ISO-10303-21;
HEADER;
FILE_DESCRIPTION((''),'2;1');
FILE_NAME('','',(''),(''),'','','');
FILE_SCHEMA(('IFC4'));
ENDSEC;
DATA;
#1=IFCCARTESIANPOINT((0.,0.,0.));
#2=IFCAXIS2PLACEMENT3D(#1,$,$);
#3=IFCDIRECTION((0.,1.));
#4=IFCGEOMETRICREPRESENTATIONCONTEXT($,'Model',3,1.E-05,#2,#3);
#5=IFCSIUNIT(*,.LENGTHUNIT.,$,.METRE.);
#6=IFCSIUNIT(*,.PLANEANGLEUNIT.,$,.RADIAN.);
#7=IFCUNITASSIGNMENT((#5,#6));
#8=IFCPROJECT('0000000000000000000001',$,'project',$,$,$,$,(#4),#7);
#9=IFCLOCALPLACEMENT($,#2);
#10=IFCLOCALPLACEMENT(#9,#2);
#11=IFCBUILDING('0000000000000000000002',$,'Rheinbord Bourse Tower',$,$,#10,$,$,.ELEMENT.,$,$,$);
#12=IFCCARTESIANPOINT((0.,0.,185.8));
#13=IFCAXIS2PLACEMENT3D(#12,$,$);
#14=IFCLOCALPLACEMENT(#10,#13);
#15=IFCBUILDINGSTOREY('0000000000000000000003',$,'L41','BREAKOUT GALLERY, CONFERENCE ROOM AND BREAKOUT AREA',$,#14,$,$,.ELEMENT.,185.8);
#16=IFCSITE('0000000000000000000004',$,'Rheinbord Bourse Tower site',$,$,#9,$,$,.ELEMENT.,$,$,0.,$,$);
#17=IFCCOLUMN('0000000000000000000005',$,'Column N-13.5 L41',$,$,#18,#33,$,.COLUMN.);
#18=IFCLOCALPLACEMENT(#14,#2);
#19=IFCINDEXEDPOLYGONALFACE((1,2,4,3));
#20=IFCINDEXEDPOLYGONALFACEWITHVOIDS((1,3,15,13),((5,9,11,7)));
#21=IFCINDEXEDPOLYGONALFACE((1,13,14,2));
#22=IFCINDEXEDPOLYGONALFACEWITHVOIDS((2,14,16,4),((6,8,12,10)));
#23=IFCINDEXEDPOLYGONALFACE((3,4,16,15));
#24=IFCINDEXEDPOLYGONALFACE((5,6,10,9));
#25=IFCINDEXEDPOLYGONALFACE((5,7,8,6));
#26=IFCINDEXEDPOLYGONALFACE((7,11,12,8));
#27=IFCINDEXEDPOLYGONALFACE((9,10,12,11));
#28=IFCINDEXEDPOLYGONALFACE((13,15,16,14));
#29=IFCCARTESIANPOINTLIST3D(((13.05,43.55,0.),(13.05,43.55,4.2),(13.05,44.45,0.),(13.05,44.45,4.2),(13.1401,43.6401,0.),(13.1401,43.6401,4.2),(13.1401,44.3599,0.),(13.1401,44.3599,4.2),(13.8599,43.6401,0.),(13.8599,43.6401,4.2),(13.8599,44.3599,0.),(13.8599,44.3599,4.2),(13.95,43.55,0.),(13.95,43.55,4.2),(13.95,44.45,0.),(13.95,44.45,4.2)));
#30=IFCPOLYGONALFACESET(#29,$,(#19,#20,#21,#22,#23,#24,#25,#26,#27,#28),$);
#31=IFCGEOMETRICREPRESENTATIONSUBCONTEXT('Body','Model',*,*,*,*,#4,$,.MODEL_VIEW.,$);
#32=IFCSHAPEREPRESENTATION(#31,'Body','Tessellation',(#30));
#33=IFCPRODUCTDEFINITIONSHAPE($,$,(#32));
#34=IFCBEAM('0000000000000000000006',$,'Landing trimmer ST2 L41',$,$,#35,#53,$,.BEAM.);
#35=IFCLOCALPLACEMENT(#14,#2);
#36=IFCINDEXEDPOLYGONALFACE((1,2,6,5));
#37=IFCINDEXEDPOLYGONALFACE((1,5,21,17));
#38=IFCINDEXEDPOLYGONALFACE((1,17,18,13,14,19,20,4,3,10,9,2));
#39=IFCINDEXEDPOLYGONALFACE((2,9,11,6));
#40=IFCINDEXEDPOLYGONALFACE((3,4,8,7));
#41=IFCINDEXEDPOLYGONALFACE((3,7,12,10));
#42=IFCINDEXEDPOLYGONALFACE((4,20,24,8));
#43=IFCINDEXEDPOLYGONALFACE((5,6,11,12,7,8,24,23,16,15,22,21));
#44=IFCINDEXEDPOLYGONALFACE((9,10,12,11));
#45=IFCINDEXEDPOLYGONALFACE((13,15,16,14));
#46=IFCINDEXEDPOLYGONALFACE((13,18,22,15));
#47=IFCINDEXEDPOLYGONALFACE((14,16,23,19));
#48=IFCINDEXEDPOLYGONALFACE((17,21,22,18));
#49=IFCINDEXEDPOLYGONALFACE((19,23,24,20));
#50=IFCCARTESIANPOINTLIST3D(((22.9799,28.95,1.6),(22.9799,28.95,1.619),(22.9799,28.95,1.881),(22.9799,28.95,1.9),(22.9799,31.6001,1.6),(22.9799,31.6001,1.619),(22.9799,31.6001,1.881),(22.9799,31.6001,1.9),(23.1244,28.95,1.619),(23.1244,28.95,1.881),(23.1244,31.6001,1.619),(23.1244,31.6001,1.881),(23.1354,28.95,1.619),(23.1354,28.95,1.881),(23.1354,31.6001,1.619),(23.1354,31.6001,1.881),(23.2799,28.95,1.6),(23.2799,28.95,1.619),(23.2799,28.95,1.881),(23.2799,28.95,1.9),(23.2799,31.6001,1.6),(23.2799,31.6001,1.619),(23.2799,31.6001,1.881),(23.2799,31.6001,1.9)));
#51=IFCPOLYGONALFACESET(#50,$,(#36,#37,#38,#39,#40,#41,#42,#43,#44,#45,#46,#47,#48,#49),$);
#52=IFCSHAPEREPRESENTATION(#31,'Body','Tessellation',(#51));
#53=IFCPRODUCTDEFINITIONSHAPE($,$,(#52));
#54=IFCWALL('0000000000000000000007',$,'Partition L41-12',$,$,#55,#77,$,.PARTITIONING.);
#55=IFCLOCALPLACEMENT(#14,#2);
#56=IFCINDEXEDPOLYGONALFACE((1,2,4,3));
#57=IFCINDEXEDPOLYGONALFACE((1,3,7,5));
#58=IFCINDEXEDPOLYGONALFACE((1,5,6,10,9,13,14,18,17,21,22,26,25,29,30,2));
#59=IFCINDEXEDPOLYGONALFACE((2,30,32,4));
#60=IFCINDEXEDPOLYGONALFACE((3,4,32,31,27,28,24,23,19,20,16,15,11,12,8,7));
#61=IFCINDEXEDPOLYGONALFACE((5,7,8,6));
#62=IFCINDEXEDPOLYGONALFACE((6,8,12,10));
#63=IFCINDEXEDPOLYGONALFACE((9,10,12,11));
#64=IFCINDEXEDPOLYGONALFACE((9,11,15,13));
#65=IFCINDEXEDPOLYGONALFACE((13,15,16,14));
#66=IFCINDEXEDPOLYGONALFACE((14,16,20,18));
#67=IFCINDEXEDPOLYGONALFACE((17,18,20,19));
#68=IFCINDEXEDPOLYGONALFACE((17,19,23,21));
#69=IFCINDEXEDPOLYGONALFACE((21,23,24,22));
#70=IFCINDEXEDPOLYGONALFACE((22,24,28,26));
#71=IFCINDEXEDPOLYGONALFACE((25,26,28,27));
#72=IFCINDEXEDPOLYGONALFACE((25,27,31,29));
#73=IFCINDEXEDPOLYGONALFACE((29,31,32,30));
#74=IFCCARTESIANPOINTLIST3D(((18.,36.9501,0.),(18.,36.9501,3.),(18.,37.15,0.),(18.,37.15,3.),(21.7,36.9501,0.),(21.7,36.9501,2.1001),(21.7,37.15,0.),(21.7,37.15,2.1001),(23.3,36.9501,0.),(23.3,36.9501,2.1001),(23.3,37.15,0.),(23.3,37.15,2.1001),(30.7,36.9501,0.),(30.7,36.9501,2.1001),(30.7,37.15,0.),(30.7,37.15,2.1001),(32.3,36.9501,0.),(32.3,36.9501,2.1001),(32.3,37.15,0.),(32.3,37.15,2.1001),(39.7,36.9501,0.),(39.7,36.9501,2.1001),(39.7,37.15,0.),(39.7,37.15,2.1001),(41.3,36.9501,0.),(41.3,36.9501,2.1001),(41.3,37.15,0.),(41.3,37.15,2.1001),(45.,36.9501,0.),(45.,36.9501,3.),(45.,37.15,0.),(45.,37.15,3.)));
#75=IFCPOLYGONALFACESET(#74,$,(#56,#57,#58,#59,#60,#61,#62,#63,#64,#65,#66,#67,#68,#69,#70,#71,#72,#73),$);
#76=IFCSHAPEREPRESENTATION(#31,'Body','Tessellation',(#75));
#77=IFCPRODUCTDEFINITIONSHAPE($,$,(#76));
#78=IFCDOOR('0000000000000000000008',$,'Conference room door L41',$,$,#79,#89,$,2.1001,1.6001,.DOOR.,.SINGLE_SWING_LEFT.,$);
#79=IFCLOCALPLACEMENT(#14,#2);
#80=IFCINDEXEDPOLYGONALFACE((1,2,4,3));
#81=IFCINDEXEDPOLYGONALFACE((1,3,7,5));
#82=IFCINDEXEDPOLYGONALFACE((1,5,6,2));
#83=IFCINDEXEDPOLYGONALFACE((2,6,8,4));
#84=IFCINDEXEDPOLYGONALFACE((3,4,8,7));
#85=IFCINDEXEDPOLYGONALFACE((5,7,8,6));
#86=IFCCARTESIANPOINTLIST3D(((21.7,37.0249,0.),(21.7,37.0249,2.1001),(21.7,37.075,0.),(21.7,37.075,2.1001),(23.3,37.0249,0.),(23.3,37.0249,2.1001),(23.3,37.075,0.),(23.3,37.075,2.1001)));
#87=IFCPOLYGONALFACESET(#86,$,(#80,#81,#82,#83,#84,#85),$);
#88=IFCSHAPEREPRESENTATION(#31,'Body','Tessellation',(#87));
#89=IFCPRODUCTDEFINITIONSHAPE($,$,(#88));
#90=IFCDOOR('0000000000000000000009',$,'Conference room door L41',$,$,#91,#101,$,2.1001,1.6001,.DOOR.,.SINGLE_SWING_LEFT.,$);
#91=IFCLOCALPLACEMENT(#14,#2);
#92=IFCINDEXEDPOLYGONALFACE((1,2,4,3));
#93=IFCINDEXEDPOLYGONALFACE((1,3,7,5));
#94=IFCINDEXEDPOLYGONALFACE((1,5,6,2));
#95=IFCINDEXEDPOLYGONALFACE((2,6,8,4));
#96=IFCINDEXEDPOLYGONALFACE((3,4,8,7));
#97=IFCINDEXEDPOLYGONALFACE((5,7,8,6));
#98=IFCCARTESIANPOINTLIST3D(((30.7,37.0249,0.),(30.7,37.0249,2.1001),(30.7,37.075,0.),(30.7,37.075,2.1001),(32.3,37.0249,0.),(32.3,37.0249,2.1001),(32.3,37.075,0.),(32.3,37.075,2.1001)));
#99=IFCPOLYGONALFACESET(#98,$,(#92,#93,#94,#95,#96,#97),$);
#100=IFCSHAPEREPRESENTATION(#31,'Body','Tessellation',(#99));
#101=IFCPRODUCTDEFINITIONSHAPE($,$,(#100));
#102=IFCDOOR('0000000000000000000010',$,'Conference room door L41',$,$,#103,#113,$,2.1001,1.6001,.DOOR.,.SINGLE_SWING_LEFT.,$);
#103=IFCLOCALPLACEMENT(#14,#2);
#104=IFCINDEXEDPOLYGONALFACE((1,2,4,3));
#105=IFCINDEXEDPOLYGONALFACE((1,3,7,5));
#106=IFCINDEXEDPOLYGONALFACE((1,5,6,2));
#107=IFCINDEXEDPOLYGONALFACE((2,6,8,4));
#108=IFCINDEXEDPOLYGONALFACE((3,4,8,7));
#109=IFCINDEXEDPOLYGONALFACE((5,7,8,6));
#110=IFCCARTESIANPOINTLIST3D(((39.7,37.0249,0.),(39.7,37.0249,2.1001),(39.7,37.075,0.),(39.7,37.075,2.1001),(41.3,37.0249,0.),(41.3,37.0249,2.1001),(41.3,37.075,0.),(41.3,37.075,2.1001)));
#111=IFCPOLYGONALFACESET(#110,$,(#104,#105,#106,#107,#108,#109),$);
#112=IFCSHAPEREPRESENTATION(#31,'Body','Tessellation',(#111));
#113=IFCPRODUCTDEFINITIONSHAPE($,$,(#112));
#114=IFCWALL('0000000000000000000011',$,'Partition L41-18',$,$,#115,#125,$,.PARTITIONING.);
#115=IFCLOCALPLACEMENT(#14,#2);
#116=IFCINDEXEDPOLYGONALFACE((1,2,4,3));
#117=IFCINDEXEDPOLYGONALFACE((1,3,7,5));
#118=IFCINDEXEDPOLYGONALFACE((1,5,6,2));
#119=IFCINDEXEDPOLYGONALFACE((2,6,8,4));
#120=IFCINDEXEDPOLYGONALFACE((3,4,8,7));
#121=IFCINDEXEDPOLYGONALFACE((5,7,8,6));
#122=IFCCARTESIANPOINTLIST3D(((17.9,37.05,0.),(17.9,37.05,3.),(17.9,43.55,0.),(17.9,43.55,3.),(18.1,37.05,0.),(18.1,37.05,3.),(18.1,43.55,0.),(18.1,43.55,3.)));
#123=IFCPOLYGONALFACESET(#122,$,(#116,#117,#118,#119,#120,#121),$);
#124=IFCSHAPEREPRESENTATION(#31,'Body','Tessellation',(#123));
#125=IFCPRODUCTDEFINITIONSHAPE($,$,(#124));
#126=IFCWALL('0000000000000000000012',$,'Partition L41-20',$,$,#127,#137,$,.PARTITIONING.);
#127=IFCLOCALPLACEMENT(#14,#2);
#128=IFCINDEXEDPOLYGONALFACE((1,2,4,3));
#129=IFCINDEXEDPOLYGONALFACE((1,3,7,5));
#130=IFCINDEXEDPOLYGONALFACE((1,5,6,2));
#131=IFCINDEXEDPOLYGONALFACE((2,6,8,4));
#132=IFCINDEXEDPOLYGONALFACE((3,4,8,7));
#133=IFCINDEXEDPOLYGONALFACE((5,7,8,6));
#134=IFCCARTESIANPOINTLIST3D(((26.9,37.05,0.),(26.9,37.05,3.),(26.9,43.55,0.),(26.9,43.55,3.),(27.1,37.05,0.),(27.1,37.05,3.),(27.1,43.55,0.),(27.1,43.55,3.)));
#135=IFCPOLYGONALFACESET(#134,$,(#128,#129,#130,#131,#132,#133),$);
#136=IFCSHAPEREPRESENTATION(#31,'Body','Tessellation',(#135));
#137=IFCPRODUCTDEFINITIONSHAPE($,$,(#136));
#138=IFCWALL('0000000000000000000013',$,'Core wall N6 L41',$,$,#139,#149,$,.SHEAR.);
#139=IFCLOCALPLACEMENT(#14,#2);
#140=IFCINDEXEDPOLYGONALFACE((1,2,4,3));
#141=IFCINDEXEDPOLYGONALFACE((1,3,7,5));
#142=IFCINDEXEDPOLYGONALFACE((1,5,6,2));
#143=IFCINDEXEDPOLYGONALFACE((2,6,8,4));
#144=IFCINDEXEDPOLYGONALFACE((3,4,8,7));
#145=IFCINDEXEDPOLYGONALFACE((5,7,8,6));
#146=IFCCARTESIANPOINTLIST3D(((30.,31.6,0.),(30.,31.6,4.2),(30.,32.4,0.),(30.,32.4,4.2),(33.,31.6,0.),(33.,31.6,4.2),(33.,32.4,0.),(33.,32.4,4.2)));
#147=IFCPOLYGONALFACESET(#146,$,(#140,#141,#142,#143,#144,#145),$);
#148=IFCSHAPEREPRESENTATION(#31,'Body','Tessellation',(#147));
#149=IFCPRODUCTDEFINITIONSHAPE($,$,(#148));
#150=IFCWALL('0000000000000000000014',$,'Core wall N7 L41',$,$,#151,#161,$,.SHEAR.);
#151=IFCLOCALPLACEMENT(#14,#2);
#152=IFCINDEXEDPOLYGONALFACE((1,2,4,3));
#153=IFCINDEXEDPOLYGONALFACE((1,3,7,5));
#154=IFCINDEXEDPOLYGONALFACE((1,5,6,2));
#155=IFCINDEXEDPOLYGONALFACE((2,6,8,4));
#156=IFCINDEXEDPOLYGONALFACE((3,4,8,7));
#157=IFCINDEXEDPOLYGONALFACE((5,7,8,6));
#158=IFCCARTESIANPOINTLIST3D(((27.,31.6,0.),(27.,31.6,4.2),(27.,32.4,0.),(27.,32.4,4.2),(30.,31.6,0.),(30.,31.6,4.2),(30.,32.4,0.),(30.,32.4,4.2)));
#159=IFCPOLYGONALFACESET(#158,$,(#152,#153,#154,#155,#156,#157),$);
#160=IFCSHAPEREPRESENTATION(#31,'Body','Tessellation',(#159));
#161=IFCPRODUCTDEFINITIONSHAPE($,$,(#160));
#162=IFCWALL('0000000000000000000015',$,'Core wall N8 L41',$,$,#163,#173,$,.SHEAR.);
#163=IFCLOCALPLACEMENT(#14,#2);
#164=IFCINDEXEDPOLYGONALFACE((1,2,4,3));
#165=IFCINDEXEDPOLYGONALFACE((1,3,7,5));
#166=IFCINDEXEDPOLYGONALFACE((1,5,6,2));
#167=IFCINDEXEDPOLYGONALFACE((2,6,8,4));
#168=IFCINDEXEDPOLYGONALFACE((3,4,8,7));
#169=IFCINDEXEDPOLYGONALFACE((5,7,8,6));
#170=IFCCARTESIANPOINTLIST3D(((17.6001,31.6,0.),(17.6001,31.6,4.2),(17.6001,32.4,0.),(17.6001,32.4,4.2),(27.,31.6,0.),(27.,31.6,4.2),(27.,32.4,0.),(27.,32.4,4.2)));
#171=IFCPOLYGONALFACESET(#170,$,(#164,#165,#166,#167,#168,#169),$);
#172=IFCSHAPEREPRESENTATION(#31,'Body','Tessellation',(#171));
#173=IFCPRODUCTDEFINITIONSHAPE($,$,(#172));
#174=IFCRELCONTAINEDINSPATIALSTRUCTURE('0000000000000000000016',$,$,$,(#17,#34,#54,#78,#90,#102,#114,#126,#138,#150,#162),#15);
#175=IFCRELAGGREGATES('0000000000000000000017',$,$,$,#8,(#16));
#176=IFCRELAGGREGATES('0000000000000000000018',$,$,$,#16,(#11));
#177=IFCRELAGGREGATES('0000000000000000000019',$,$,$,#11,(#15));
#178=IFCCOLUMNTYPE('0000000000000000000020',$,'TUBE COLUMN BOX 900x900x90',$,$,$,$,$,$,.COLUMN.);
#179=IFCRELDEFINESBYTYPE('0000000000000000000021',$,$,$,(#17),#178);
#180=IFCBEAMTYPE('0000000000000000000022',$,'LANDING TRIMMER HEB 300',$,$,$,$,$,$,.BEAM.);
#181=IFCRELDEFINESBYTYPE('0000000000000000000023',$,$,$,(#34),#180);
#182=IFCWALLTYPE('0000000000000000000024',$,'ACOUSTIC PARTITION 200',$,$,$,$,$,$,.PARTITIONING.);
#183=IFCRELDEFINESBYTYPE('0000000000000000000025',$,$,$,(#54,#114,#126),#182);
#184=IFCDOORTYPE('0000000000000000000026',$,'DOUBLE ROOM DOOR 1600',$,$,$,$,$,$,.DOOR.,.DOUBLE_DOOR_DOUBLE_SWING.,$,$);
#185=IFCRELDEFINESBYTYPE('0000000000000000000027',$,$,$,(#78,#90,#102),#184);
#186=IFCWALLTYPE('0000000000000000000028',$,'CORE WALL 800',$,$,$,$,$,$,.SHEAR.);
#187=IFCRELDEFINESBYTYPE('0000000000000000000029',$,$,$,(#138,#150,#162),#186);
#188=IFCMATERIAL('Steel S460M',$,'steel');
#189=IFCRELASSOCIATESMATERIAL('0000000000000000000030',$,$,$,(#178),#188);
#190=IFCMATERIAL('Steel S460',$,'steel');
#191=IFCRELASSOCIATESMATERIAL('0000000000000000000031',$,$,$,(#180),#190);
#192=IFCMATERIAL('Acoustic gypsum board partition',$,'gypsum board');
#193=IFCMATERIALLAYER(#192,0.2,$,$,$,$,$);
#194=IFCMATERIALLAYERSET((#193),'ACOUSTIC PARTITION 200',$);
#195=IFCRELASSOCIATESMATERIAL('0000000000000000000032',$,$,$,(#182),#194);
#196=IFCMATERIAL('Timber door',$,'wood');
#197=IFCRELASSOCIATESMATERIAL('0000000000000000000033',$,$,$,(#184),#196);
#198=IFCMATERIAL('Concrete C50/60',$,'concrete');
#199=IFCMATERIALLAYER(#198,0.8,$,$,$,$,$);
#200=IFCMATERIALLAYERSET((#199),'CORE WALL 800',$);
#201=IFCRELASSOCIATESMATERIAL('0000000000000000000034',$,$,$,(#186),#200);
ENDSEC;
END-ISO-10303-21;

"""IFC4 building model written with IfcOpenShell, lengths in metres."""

from ifc_helpers import new_model, si_unit, direction, frame, frame_2d, origin, origin_2d, place, context, subcontext, project, spatial, rectangle, hollow_rectangle, i_section, extrude, material, layer, layer_set, material_profile, profile_set, type_object, element, fill, save


model = new_model("IFC4")

# Units and contexts
model_context = context("Model", 3, precision=1e-05, world=origin(), true_north=direction((0.0, 1.0)))
body_context = subcontext(model_context, "Body", "Model", "MODEL_VIEW")
ifc_project = project(units=[si_unit("LENGTHUNIT", "METRE"), si_unit("PLANEANGLEUNIT", "RADIAN")], contexts=[model_context])

# Site, building, storey
site_placement = place(None, origin())
site = spatial("IfcSite", under=ifc_project, at=site_placement, Name="Rheinbord Bourse Tower site", CompositionType="ELEMENT", RefElevation=0.0)
building_placement = place(site_placement, origin())
building = spatial("IfcBuilding", under=site, at=building_placement, Name="Rheinbord Bourse Tower", CompositionType="ELEMENT")
storey_placement = place(building_placement, frame((0.0, 0.0, 185.8)))
storey = spatial("IfcBuildingStorey", under=building, at=storey_placement, Name="L41", Description="BREAKOUT GALLERY, CONFERENCE ROOM AND BREAKOUT AREA", CompositionType="ELEMENT", Elevation=185.8)

# Column
ifc_material_1 = material(Name="Steel S460M", Category="steel")
ifc_material_profile_1 = material_profile(ifc_material_1, hollow_rectangle(XDim=0.8999, YDim=0.8999, WallThickness=0.0901, at=origin_2d()), Name="BOX 900x900x90")
ifc_profile_set_1 = profile_set([ifc_material_profile_1], Name="Steel S460M")
column_type = type_object("IfcColumnType", Name="TUBE COLUMN BOX 900x900x90", PredefinedType="COLUMN", material=ifc_profile_set_1)
column_placement = place(storey_placement, frame((13.5, 44.0, 0.0), z_axis=(0.0, 0.0, 1.0), x_axis=(0.0, 1.0, 0.0)))
element("IfcColumn", 1, at=column_placement, inside=storey, type_object=column_type, Name="Column N-13.5 L41", PredefinedType="COLUMN", context=body_context, shape_type="SweptSolid", body=[
    extrude(hollow_rectangle(XDim=0.8999, YDim=0.8999, WallThickness=0.0901, at=origin_2d()), origin(), (0.0, 0.0, 1.0), 4.2),
])

# Beam
ifc_material_2 = material(Name="Steel S460", Category="steel")
ifc_material_profile_2 = material_profile(ifc_material_2, i_section(OverallWidth=0.3, OverallDepth=0.3, WebThickness=0.011, FlangeThickness=0.019, at=origin_2d()), Name="HEB 300")
ifc_profile_set_2 = profile_set([ifc_material_profile_2], Name="Steel S460")
beam_type = type_object("IfcBeamType", Name="LANDING TRIMMER HEB 300", PredefinedType="BEAM", material=ifc_profile_set_2)
beam_placement = place(storey_placement, frame((23.1299, 28.95, 1.75), z_axis=(0.0, 1.0, 0.0), x_axis=(-1.0, 0.0, 0.0)))
element("IfcBeam", 2, at=beam_placement, inside=storey, type_object=beam_type, Name="Landing trimmer ST2 L41", PredefinedType="BEAM", context=body_context, shape_type="SweptSolid", body=[
    extrude(i_section(OverallWidth=0.3, OverallDepth=0.3, WebThickness=0.011, FlangeThickness=0.019, at=origin_2d()), origin(), (0.0, 0.0, 1.0), 2.6501),
])

# Wall, openings, doors
ifc_material_3 = material(Name="Acoustic gypsum board partition", Category="gypsum board")
ifc_layer_1 = layer(ifc_material_3, 0.2)
ifc_layer_set_1 = layer_set([ifc_layer_1], Name="ACOUSTIC PARTITION 200")
wall_type_1 = type_object("IfcWallType", Name="ACOUSTIC PARTITION 200", PredefinedType="PARTITIONING", material=ifc_layer_set_1)
wall_1_placement = place(storey_placement, frame((18.0, 37.05, 0.0), z_axis=(0.0, 0.0, 1.0), x_axis=(1.0, 0.0, 0.0)))
wall_1 = element("IfcWall", 3, at=wall_1_placement, inside=storey, type_object=wall_type_1, Name="Partition L41-12", PredefinedType="PARTITIONING", context=body_context, shape_type="SweptSolid", body=[
    extrude(rectangle(XDim=27.0, YDim=0.2, at=frame_2d((13.5, 0.0))), origin(), (0.0, 0.0, 1.0), 3.0),
])
opening_1_placement = place(wall_1_placement, frame((3.7, 0.0, 0.0)))
opening_1 = element("IfcOpeningElement", 4, at=opening_1_placement, cuts=wall_1, PredefinedType="OPENING", context=body_context, shape_type="SweptSolid", body=[
    extrude(rectangle(XDim=1.6001, YDim=2.1001, at=frame_2d((0.8, 1.05))), frame((0.0, 0.1099, 0.0), z_axis=(0.0, -1.0, 0.0), x_axis=(1.0, 0.0, 0.0)), (0.0, 0.0, 1.0), 0.22),
])
opening_2_placement = place(wall_1_placement, frame((12.7, 0.0, 0.0)))
opening_2 = element("IfcOpeningElement", 5, at=opening_2_placement, cuts=wall_1, PredefinedType="OPENING", context=body_context, shape_type="SweptSolid", body=[
    extrude(rectangle(XDim=1.6001, YDim=2.1001, at=frame_2d((0.8, 1.05))), frame((0.0, 0.1099, 0.0), z_axis=(0.0, -1.0, 0.0), x_axis=(1.0, 0.0, 0.0)), (0.0, 0.0, 1.0), 0.22),
])
opening_3_placement = place(wall_1_placement, frame((21.7, 0.0, 0.0)))
opening_3 = element("IfcOpeningElement", 6, at=opening_3_placement, cuts=wall_1, PredefinedType="OPENING", context=body_context, shape_type="SweptSolid", body=[
    extrude(rectangle(XDim=1.6001, YDim=2.1001, at=frame_2d((0.8, 1.05))), frame((0.0, 0.1099, 0.0), z_axis=(0.0, -1.0, 0.0), x_axis=(1.0, 0.0, 0.0)), (0.0, 0.0, 1.0), 0.22),
])
ifc_material_4 = material(Name="Timber door", Category="wood")
door_type = type_object("IfcDoorType", Name="DOUBLE ROOM DOOR 1600", OperationType="DOUBLE_DOOR_DOUBLE_SWING", PredefinedType="DOOR", material=ifc_material_4)
door_1_placement = place(opening_1_placement, origin())
door_1 = element("IfcDoor", 7, at=door_1_placement, inside=storey, type_object=door_type, Name="Conference room door L41", OperationType="SINGLE_SWING_LEFT", OverallHeight=2.1001, OverallWidth=1.6001, PredefinedType="DOOR", context=body_context, shape_type="SweptSolid", body=[
    extrude(rectangle(XDim=1.6001, YDim=2.1001, at=frame_2d((0.8, 1.05))), frame((0.0, 0.0249, 0.0), z_axis=(0.0, -1.0, 0.0), x_axis=(1.0, 0.0, 0.0)), (0.0, 0.0, 1.0), 0.05),
])
fill(opening_1, door_1)
door_2_placement = place(opening_2_placement, origin())
door_2 = element("IfcDoor", 8, at=door_2_placement, inside=storey, type_object=door_type, Name="Conference room door L41", OperationType="SINGLE_SWING_LEFT", OverallHeight=2.1001, OverallWidth=1.6001, PredefinedType="DOOR", context=body_context, shape_type="SweptSolid", body=[
    extrude(rectangle(XDim=1.6001, YDim=2.1001, at=frame_2d((0.8, 1.05))), frame((0.0, 0.0249, 0.0), z_axis=(0.0, -1.0, 0.0), x_axis=(1.0, 0.0, 0.0)), (0.0, 0.0, 1.0), 0.05),
])
fill(opening_2, door_2)
door_3_placement = place(opening_3_placement, origin())
door_3 = element("IfcDoor", 9, at=door_3_placement, inside=storey, type_object=door_type, Name="Conference room door L41", OperationType="SINGLE_SWING_LEFT", OverallHeight=2.1001, OverallWidth=1.6001, PredefinedType="DOOR", context=body_context, shape_type="SweptSolid", body=[
    extrude(rectangle(XDim=1.6001, YDim=2.1001, at=frame_2d((0.8, 1.05))), frame((0.0, 0.0249, 0.0), z_axis=(0.0, -1.0, 0.0), x_axis=(1.0, 0.0, 0.0)), (0.0, 0.0, 1.0), 0.05),
])
fill(opening_3, door_3)

# Walls
for number, where, z_axis, x_axis, name in (
    (10, (18.0, 37.05, 0.0), (0.0, 0.0, 1.0), (0.0, 1.0, 0.0), "Partition L41-18"),
    (11, (27.0, 37.05, 0.0), (0.0, 0.0, 1.0), (0.0, 1.0, 0.0), "Partition L41-20"),
):
    element("IfcWall", number, at=place(storey_placement, frame(where, z_axis=z_axis, x_axis=x_axis)), inside=storey, type_object=wall_type_1, Name=name, PredefinedType="PARTITIONING", context=body_context, shape_type="SweptSolid", body=[
        extrude(rectangle(XDim=6.5, YDim=0.2, at=frame_2d((3.25, 0.0))), origin(), (0.0, 0.0, 1.0), 3.0),
    ])
ifc_material_5 = material(Name="Concrete C50/60", Category="concrete")
ifc_layer_2 = layer(ifc_material_5, 0.8)
ifc_layer_set_2 = layer_set([ifc_layer_2], Name="CORE WALL 800")
wall_type_2 = type_object("IfcWallType", Name="CORE WALL 800", PredefinedType="SHEAR", material=ifc_layer_set_2)
for number, where, z_axis, x_axis, name in (
    (12, (33.0, 32.0, 0.0), (0.0, 0.0, 1.0), (-1.0, 0.0, 0.0), "Core wall N6 L41"),
    (13, (30.0, 32.0, 0.0), (0.0, 0.0, 1.0), (-1.0, 0.0, 0.0), "Core wall N7 L41"),
):
    element("IfcWall", number, at=place(storey_placement, frame(where, z_axis=z_axis, x_axis=x_axis)), inside=storey, type_object=wall_type_2, Name=name, PredefinedType="SHEAR", context=body_context, shape_type="SweptSolid", body=[
        extrude(rectangle(XDim=3.0, YDim=0.8, at=frame_2d((1.5, 0.0))), origin(), (0.0, 0.0, 1.0), 4.2),
    ])
wall_2_placement = place(storey_placement, frame((27.0, 32.0, 0.0), z_axis=(0.0, 0.0, 1.0), x_axis=(-1.0, 0.0, 0.0)))
element("IfcWall", 14, at=wall_2_placement, inside=storey, type_object=wall_type_2, Name="Core wall N8 L41", PredefinedType="SHEAR", context=body_context, shape_type="SweptSolid", body=[
    extrude(rectangle(XDim=9.3999, YDim=0.8, at=frame_2d((4.7, 0.0))), origin(), (0.0, 0.0, 1.0), 4.2),
])

save(model, "model.ifc")
